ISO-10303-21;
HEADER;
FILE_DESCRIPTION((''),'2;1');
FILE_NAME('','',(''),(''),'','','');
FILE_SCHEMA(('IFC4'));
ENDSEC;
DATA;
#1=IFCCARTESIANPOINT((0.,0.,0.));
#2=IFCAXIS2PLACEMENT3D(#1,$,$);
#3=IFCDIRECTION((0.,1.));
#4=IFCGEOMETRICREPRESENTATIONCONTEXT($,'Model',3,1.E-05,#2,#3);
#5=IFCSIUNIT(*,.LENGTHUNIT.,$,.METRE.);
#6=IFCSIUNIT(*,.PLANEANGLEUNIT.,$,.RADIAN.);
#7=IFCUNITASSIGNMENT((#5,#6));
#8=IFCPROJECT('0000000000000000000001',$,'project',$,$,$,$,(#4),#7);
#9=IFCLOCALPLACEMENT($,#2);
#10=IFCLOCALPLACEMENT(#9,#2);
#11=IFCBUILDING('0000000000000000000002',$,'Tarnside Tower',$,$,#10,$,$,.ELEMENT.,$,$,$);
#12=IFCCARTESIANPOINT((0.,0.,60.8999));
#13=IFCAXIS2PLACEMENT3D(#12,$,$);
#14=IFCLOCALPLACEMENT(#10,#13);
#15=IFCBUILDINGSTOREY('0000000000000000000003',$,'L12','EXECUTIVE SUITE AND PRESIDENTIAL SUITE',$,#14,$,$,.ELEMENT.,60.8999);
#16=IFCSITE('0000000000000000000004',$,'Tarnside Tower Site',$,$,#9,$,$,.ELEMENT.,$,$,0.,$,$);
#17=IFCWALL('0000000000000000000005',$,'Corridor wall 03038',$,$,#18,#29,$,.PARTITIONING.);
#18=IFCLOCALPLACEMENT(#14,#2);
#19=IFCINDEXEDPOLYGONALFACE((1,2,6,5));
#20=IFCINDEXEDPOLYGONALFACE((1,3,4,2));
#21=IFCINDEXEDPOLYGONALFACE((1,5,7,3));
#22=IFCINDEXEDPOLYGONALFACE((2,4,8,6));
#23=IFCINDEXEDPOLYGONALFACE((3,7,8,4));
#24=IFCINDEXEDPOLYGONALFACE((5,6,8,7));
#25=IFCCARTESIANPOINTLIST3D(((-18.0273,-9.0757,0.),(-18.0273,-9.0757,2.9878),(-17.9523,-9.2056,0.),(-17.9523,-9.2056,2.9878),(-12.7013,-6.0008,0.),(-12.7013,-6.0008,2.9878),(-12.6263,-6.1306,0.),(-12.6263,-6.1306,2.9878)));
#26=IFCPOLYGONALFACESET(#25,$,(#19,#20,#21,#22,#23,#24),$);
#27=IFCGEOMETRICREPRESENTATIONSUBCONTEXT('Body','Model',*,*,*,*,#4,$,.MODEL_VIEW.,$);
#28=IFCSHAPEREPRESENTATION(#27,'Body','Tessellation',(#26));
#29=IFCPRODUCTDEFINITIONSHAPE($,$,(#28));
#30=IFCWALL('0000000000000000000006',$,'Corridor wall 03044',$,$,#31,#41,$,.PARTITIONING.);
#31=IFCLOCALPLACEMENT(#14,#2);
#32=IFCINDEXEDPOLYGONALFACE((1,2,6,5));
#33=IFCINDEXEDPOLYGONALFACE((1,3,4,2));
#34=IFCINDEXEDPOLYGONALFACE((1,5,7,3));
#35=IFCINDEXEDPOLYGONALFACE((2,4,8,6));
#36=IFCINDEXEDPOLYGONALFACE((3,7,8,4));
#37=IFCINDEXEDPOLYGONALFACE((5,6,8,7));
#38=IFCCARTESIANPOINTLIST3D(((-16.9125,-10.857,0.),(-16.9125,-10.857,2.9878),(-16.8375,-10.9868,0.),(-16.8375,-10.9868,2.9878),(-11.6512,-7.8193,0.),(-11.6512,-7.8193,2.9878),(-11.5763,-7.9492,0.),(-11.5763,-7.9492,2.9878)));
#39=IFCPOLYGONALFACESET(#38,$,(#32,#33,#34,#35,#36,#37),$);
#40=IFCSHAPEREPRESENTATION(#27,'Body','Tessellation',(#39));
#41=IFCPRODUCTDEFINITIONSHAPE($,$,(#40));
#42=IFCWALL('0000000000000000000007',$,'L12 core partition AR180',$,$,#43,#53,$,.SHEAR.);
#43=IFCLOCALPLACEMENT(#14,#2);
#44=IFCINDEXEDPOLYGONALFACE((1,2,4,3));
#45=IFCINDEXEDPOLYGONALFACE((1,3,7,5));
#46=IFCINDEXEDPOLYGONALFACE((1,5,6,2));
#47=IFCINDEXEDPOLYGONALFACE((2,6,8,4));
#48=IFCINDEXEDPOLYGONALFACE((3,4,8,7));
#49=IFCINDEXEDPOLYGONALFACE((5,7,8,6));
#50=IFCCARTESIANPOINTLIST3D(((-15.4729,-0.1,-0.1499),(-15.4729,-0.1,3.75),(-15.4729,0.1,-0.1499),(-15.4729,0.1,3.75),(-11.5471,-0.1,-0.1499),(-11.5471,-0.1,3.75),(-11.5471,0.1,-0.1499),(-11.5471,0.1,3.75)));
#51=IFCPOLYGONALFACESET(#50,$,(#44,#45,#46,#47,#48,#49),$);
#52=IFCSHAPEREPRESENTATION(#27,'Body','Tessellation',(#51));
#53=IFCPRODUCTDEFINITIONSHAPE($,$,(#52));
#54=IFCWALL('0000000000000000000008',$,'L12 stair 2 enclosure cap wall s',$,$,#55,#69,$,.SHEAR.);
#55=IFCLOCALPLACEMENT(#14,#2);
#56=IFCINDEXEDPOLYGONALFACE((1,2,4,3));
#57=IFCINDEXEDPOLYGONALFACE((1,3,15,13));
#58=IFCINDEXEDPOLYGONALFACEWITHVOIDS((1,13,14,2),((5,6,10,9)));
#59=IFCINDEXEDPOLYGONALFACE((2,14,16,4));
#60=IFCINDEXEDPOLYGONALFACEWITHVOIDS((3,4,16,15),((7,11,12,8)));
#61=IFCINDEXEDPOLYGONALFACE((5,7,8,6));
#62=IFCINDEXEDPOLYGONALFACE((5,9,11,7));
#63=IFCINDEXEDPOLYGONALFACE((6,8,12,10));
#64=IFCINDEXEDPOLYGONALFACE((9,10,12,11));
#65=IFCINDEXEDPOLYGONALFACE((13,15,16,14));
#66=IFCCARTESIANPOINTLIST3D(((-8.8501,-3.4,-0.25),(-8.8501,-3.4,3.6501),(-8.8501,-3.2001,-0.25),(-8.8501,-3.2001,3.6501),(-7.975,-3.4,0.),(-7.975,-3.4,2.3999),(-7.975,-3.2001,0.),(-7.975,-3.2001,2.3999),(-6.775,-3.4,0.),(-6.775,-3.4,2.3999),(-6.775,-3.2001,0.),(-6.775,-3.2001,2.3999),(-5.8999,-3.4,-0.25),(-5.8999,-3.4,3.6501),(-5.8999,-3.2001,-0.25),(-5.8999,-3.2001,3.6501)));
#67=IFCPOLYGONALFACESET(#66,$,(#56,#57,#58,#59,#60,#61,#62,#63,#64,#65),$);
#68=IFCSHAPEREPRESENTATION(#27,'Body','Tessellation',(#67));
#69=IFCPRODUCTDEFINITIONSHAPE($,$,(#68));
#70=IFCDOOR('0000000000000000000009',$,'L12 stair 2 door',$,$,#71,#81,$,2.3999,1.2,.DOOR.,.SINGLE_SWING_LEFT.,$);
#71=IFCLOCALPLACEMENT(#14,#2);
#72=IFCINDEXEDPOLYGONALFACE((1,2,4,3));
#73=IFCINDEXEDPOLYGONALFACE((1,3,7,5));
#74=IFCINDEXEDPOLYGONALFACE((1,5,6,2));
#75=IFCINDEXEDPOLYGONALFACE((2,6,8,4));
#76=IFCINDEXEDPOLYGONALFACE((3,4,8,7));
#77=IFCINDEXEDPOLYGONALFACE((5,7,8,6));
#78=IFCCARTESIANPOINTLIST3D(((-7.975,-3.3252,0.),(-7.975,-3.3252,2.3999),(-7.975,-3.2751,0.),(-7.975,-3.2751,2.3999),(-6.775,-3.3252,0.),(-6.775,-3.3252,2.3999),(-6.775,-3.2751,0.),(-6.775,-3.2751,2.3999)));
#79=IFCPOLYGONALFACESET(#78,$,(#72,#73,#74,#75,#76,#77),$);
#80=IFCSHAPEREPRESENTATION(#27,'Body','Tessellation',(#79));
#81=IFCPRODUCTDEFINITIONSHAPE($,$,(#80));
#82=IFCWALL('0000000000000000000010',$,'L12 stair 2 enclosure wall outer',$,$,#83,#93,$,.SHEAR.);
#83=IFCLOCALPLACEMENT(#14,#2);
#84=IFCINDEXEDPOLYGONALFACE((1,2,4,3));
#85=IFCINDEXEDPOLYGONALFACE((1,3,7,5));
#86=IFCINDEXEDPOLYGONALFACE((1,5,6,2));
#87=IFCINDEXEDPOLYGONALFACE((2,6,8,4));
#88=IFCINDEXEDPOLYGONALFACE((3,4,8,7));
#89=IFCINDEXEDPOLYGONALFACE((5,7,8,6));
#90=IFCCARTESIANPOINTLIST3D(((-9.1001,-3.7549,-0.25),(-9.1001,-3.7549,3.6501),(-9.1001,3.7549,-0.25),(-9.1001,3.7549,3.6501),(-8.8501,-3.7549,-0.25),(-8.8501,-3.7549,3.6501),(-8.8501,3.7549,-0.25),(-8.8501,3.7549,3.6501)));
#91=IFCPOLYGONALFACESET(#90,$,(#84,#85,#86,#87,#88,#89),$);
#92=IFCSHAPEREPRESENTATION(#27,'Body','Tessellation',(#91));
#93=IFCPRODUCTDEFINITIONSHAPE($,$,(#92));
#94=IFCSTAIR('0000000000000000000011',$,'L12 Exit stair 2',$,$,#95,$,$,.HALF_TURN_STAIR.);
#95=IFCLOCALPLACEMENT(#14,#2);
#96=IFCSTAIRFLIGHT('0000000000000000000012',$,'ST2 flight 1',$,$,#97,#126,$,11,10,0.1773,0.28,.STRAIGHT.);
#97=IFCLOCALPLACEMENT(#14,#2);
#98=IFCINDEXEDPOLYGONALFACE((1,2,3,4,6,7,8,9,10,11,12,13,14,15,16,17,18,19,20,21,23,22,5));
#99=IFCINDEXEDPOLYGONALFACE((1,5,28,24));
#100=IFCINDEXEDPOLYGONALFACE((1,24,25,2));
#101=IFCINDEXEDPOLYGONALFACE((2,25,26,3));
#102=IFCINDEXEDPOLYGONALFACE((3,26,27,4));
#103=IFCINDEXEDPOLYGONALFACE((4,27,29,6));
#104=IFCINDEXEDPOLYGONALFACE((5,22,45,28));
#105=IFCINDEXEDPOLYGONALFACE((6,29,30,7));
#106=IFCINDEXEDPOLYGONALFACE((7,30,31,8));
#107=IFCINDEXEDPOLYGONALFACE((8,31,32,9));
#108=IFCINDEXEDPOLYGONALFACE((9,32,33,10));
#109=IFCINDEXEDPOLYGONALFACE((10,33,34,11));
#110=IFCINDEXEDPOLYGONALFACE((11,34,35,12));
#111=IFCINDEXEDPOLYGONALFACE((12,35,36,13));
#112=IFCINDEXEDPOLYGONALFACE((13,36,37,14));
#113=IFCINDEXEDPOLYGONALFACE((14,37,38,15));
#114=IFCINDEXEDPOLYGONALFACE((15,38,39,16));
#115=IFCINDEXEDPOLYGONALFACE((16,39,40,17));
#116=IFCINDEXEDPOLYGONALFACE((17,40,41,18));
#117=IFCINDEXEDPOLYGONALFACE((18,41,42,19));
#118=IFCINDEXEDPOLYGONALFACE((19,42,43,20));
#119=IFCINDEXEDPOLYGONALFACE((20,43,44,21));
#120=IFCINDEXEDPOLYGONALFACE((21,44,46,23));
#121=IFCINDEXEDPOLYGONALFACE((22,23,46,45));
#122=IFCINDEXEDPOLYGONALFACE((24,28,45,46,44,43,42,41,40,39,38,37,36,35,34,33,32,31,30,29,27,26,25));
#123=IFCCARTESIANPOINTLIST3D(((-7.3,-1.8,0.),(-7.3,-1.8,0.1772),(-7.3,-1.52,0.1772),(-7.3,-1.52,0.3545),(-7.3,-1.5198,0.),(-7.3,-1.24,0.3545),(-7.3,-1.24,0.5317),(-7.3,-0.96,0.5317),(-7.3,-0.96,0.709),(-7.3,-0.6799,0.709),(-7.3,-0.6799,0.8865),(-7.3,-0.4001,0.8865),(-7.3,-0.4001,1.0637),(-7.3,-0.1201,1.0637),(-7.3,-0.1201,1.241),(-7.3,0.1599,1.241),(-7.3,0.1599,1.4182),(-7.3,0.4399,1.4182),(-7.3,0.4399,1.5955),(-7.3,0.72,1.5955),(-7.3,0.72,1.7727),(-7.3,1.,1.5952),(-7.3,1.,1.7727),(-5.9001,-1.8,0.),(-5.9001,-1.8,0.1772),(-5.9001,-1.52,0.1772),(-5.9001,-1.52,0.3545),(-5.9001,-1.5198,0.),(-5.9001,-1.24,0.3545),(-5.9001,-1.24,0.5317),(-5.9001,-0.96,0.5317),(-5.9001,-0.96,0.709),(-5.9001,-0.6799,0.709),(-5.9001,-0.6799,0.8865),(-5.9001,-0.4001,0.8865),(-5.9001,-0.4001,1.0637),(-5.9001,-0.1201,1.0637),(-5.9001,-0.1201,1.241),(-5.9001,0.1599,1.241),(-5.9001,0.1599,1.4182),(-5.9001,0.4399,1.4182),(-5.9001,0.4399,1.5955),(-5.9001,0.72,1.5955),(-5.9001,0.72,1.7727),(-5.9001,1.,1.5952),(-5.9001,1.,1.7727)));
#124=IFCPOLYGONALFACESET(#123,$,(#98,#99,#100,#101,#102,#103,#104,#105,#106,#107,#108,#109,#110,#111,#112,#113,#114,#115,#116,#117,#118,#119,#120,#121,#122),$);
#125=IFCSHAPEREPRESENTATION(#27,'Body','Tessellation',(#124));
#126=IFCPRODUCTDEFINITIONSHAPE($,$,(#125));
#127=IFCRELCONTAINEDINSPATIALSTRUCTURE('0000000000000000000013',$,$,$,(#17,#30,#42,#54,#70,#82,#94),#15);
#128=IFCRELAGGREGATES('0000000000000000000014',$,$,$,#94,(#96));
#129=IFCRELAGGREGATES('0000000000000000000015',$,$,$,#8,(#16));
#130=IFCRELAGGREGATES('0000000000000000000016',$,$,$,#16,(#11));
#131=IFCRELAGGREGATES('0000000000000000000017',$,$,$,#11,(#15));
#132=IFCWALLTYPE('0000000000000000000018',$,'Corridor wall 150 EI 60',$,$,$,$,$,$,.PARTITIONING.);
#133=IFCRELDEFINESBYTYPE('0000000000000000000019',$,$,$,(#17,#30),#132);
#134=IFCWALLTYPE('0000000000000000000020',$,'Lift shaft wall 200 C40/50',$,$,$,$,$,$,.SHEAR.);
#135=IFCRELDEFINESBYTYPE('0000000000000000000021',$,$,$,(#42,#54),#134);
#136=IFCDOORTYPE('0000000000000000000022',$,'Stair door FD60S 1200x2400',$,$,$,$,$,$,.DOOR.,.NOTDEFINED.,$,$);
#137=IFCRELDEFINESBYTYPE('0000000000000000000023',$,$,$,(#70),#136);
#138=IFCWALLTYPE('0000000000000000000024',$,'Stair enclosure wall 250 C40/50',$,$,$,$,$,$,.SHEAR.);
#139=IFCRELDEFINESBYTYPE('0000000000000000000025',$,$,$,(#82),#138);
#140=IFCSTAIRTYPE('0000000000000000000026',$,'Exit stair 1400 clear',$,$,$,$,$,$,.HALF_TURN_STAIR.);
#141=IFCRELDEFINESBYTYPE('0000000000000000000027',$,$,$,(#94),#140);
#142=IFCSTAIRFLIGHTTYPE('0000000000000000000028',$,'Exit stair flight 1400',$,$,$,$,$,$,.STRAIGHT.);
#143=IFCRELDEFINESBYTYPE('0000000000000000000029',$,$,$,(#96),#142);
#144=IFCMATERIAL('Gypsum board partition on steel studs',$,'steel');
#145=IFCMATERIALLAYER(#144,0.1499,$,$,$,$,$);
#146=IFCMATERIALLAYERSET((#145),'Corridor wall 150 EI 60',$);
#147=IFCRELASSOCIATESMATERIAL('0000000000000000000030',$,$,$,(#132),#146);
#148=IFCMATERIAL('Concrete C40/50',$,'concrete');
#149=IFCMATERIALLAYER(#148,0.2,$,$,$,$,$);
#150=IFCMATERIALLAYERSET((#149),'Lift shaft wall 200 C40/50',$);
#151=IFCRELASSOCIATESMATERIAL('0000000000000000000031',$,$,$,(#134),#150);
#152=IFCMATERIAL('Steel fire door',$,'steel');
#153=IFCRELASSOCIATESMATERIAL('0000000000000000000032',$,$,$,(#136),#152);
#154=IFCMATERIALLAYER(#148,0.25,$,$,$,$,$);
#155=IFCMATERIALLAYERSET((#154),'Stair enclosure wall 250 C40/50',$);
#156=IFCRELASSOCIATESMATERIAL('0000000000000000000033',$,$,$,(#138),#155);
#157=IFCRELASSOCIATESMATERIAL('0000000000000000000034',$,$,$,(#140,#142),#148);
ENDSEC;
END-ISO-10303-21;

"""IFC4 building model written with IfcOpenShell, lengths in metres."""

from ifc_helpers import new_model, si_unit, direction, frame, frame_2d, origin, place, context, subcontext, project, spatial, polyline, rectangle, outline, extrude, material, layer, layer_set, type_object, element, fill, aggregate, save


model = new_model("IFC4")

# Units and contexts
model_context = context("Model", 3, precision=1e-05, world=origin(), true_north=direction((0.0, 1.0)))
body_context = subcontext(model_context, "Body", "Model", "MODEL_VIEW")
ifc_project = project(units=[si_unit("LENGTHUNIT", "METRE"), si_unit("PLANEANGLEUNIT", "RADIAN")], contexts=[model_context])

# Site, building, storey
site_placement = place(None, origin())
site = spatial("IfcSite", under=ifc_project, at=site_placement, Name="Tarnside Tower Site", CompositionType="ELEMENT", RefElevation=0.0)
building_placement = place(site_placement, origin())
building = spatial("IfcBuilding", under=site, at=building_placement, Name="Tarnside Tower", CompositionType="ELEMENT")
storey_placement = place(building_placement, frame((0.0, 0.0, 60.8999)))
storey = spatial("IfcBuildingStorey", under=building, at=storey_placement, Name="L12", Description="EXECUTIVE SUITE AND PRESIDENTIAL SUITE", CompositionType="ELEMENT", Elevation=60.8999)

# Shared definitions
ifc_material_1 = material(Name="Gypsum board partition on steel studs", Category="steel")
ifc_material_2 = material(Name="Steel fire door", Category="steel")

# Walls
ifc_layer_1 = layer(ifc_material_1, 0.1499)
ifc_layer_set_1 = layer_set([ifc_layer_1], Name="Corridor wall 150 EI 60")
wall_type_1 = type_object("IfcWallType", Name="Corridor wall 150 EI 60", PredefinedType="PARTITIONING", material=ifc_layer_set_1)
wall_1_placement = place(storey_placement, frame((-12.6638, -6.0657, 0.0), z_axis=(0.0, 0.0, 1.0), x_axis=(-0.866024, -0.500003, 0.0)))
element("IfcWall", 1, at=wall_1_placement, inside=storey, type_object=wall_type_1, Name="Corridor wall 03038", PredefinedType="PARTITIONING", context=body_context, shape_type="SweptSolid", body=[
    extrude(rectangle(XDim=6.1499, YDim=0.1499, at=frame_2d((3.075, 0.0))), origin(), (0.0, 0.0, 1.0), 2.9878),
])
wall_2_placement = place(storey_placement, frame((-16.875, -10.9219, 0.0), z_axis=(0.0, 0.0, 1.0), x_axis=(0.866024, 0.500003, 0.0)))
element("IfcWall", 2, at=wall_2_placement, inside=storey, type_object=wall_type_1, Name="Corridor wall 03044", PredefinedType="PARTITIONING", context=body_context, shape_type="SweptSolid", body=[
    extrude(rectangle(XDim=6.0752, YDim=0.1499, at=frame_2d((3.0376, 0.0))), origin(), (0.0, 0.0, 1.0), 2.9878),
])
ifc_material_3 = material(Name="Concrete C40/50", Category="concrete")
ifc_layer_2 = layer(ifc_material_3, 0.2)
ifc_layer_set_2 = layer_set([ifc_layer_2], Name="Lift shaft wall 200 C40/50")
wall_type_2 = type_object("IfcWallType", Name="Lift shaft wall 200 C40/50", PredefinedType="SHEAR", material=ifc_layer_set_2)
wall_3_placement = place(storey_placement, frame((-11.5471, 0.0, -0.1499), z_axis=(0.0, 0.0, 1.0), x_axis=(-1.0, 0.0, 0.0)))
element("IfcWall", 3, at=wall_3_placement, inside=storey, type_object=wall_type_2, Name="L12 core partition AR180", PredefinedType="SHEAR", context=body_context, shape_type="SweptSolid", body=[
    extrude(rectangle(XDim=3.9258, YDim=0.2, at=frame_2d((1.9629, 0.0))), origin(), (0.0, 0.0, 1.0), 3.8999),
])

# Wall, opening, door
wall_4_placement = place(storey_placement, frame((-8.8501, -3.3, -0.25), z_axis=(0.0, 0.0, 1.0), x_axis=(1.0, 0.0, 0.0)))
wall_4 = element("IfcWall", 4, at=wall_4_placement, inside=storey, type_object=wall_type_2, Name="L12 stair 2 enclosure cap wall s", PredefinedType="SHEAR", context=body_context, shape_type="SweptSolid", body=[
    extrude(rectangle(XDim=2.9502, YDim=0.2, at=frame_2d((1.4751, 0.0))), origin(), (0.0, 0.0, 1.0), 3.9001),
])
opening_1_placement = place(wall_4_placement, frame((0.875, 0.0, 0.25)))
opening_1 = element("IfcOpeningElement", 5, at=opening_1_placement, cuts=wall_4, PredefinedType="OPENING", context=body_context, shape_type="SweptSolid", body=[
    extrude(rectangle(XDim=1.2, YDim=2.3999, at=frame_2d((0.6001, 1.2))), frame((0.0, 0.1099, 0.0), z_axis=(0.0, -1.0, 0.0), x_axis=(1.0, 0.0, 0.0)), (0.0, 0.0, 1.0), 0.22),
])
door_type_1 = type_object("IfcDoorType", Name="Stair door FD60S 1200x2400", OperationType="NOTDEFINED", PredefinedType="DOOR", material=ifc_material_2)
door_1_placement = place(opening_1_placement, origin())
door_1 = element("IfcDoor", 6, at=door_1_placement, inside=storey, type_object=door_type_1, Name="L12 stair 2 door", OperationType="SINGLE_SWING_LEFT", OverallHeight=2.3999, OverallWidth=1.2, PredefinedType="DOOR", context=body_context, shape_type="SweptSolid", body=[
    extrude(rectangle(XDim=1.2, YDim=2.3999, at=frame_2d((0.6001, 1.2))), frame((0.0, 0.0249, 0.0), z_axis=(0.0, -1.0, 0.0), x_axis=(1.0, 0.0, 0.0)), (0.0, 0.0, 1.0), 0.05),
])
fill(opening_1, door_1)

# Wall
ifc_layer_3 = layer(ifc_material_3, 0.25)
ifc_layer_set_3 = layer_set([ifc_layer_3], Name="Stair enclosure wall 250 C40/50")
wall_type_3 = type_object("IfcWallType", Name="Stair enclosure wall 250 C40/50", PredefinedType="SHEAR", material=ifc_layer_set_3)
wall_5_placement = place(storey_placement, frame((-8.9751, -3.7549, -0.25), z_axis=(0.0, 0.0, 1.0), x_axis=(0.0, 1.0, 0.0)))
element("IfcWall", 7, at=wall_5_placement, inside=storey, type_object=wall_type_3, Name="L12 stair 2 enclosure wall outer", PredefinedType="SHEAR", context=body_context, shape_type="SweptSolid", body=[
    extrude(rectangle(XDim=7.5098, YDim=0.25, at=frame_2d((3.7549, 0.0))), origin(), (0.0, 0.0, 1.0), 3.9001),
])

# Stair, stair flight
stair_type = type_object("IfcStairType", Name="Exit stair 1400 clear", PredefinedType="HALF_TURN_STAIR", material=ifc_material_3)
stair_placement = place(storey_placement, origin())
stair = element("IfcStair", 8, at=stair_placement, inside=storey, type_object=stair_type, Name="L12 Exit stair 2", PredefinedType="HALF_TURN_STAIR")
stair_flight_type = type_object("IfcStairFlightType", Name="Exit stair flight 1400", PredefinedType="STRAIGHT", material=ifc_material_3)
stair_flight_placement = place(storey_placement, frame((-6.6001, -1.8, 0.0), z_axis=(0.0, 0.0, 1.0), x_axis=(0.0, 1.0, 0.0)))
stair_flight = element("IfcStairFlight", 9, at=stair_flight_placement, type_object=stair_flight_type, Name="ST2 flight 1", NumberOfRisers=11, NumberOfTreads=10, PredefinedType="STRAIGHT", RiserHeight=0.1773, TreadLength=0.28, context=body_context, shape_type="SweptSolid", body=[
    extrude(outline(polyline([(0.0, 0.0), (0.0, 0.1772), (0.28, 0.1772), (0.28, 0.3545), (0.5601, 0.3545), (0.5601, 0.5317), (0.8401, 0.5317), (0.8401, 0.709), (1.1201, 0.709), (1.1201, 0.8865), (1.3999, 0.8865), (1.3999, 1.0637), (1.6799, 1.0637), (1.6799, 1.241), (1.96, 1.241), (1.96, 1.4182), (2.24, 1.4182), (2.24, 1.5955), (2.52, 1.5955), (2.52, 1.7727), (2.8, 1.7727), (2.8, 1.95), (2.8, 1.5952), (0.2803, 0.0), (0.0, 0.0)])), frame((0.0, 0.7, 0.0), z_axis=(0.0, -1.0, 0.0), x_axis=(1.0, 0.0, 0.0)), (0.0, 0.0, 1.0), 1.3999),
])
aggregate(stair, [stair_flight])

save(model, "model.ifc")
